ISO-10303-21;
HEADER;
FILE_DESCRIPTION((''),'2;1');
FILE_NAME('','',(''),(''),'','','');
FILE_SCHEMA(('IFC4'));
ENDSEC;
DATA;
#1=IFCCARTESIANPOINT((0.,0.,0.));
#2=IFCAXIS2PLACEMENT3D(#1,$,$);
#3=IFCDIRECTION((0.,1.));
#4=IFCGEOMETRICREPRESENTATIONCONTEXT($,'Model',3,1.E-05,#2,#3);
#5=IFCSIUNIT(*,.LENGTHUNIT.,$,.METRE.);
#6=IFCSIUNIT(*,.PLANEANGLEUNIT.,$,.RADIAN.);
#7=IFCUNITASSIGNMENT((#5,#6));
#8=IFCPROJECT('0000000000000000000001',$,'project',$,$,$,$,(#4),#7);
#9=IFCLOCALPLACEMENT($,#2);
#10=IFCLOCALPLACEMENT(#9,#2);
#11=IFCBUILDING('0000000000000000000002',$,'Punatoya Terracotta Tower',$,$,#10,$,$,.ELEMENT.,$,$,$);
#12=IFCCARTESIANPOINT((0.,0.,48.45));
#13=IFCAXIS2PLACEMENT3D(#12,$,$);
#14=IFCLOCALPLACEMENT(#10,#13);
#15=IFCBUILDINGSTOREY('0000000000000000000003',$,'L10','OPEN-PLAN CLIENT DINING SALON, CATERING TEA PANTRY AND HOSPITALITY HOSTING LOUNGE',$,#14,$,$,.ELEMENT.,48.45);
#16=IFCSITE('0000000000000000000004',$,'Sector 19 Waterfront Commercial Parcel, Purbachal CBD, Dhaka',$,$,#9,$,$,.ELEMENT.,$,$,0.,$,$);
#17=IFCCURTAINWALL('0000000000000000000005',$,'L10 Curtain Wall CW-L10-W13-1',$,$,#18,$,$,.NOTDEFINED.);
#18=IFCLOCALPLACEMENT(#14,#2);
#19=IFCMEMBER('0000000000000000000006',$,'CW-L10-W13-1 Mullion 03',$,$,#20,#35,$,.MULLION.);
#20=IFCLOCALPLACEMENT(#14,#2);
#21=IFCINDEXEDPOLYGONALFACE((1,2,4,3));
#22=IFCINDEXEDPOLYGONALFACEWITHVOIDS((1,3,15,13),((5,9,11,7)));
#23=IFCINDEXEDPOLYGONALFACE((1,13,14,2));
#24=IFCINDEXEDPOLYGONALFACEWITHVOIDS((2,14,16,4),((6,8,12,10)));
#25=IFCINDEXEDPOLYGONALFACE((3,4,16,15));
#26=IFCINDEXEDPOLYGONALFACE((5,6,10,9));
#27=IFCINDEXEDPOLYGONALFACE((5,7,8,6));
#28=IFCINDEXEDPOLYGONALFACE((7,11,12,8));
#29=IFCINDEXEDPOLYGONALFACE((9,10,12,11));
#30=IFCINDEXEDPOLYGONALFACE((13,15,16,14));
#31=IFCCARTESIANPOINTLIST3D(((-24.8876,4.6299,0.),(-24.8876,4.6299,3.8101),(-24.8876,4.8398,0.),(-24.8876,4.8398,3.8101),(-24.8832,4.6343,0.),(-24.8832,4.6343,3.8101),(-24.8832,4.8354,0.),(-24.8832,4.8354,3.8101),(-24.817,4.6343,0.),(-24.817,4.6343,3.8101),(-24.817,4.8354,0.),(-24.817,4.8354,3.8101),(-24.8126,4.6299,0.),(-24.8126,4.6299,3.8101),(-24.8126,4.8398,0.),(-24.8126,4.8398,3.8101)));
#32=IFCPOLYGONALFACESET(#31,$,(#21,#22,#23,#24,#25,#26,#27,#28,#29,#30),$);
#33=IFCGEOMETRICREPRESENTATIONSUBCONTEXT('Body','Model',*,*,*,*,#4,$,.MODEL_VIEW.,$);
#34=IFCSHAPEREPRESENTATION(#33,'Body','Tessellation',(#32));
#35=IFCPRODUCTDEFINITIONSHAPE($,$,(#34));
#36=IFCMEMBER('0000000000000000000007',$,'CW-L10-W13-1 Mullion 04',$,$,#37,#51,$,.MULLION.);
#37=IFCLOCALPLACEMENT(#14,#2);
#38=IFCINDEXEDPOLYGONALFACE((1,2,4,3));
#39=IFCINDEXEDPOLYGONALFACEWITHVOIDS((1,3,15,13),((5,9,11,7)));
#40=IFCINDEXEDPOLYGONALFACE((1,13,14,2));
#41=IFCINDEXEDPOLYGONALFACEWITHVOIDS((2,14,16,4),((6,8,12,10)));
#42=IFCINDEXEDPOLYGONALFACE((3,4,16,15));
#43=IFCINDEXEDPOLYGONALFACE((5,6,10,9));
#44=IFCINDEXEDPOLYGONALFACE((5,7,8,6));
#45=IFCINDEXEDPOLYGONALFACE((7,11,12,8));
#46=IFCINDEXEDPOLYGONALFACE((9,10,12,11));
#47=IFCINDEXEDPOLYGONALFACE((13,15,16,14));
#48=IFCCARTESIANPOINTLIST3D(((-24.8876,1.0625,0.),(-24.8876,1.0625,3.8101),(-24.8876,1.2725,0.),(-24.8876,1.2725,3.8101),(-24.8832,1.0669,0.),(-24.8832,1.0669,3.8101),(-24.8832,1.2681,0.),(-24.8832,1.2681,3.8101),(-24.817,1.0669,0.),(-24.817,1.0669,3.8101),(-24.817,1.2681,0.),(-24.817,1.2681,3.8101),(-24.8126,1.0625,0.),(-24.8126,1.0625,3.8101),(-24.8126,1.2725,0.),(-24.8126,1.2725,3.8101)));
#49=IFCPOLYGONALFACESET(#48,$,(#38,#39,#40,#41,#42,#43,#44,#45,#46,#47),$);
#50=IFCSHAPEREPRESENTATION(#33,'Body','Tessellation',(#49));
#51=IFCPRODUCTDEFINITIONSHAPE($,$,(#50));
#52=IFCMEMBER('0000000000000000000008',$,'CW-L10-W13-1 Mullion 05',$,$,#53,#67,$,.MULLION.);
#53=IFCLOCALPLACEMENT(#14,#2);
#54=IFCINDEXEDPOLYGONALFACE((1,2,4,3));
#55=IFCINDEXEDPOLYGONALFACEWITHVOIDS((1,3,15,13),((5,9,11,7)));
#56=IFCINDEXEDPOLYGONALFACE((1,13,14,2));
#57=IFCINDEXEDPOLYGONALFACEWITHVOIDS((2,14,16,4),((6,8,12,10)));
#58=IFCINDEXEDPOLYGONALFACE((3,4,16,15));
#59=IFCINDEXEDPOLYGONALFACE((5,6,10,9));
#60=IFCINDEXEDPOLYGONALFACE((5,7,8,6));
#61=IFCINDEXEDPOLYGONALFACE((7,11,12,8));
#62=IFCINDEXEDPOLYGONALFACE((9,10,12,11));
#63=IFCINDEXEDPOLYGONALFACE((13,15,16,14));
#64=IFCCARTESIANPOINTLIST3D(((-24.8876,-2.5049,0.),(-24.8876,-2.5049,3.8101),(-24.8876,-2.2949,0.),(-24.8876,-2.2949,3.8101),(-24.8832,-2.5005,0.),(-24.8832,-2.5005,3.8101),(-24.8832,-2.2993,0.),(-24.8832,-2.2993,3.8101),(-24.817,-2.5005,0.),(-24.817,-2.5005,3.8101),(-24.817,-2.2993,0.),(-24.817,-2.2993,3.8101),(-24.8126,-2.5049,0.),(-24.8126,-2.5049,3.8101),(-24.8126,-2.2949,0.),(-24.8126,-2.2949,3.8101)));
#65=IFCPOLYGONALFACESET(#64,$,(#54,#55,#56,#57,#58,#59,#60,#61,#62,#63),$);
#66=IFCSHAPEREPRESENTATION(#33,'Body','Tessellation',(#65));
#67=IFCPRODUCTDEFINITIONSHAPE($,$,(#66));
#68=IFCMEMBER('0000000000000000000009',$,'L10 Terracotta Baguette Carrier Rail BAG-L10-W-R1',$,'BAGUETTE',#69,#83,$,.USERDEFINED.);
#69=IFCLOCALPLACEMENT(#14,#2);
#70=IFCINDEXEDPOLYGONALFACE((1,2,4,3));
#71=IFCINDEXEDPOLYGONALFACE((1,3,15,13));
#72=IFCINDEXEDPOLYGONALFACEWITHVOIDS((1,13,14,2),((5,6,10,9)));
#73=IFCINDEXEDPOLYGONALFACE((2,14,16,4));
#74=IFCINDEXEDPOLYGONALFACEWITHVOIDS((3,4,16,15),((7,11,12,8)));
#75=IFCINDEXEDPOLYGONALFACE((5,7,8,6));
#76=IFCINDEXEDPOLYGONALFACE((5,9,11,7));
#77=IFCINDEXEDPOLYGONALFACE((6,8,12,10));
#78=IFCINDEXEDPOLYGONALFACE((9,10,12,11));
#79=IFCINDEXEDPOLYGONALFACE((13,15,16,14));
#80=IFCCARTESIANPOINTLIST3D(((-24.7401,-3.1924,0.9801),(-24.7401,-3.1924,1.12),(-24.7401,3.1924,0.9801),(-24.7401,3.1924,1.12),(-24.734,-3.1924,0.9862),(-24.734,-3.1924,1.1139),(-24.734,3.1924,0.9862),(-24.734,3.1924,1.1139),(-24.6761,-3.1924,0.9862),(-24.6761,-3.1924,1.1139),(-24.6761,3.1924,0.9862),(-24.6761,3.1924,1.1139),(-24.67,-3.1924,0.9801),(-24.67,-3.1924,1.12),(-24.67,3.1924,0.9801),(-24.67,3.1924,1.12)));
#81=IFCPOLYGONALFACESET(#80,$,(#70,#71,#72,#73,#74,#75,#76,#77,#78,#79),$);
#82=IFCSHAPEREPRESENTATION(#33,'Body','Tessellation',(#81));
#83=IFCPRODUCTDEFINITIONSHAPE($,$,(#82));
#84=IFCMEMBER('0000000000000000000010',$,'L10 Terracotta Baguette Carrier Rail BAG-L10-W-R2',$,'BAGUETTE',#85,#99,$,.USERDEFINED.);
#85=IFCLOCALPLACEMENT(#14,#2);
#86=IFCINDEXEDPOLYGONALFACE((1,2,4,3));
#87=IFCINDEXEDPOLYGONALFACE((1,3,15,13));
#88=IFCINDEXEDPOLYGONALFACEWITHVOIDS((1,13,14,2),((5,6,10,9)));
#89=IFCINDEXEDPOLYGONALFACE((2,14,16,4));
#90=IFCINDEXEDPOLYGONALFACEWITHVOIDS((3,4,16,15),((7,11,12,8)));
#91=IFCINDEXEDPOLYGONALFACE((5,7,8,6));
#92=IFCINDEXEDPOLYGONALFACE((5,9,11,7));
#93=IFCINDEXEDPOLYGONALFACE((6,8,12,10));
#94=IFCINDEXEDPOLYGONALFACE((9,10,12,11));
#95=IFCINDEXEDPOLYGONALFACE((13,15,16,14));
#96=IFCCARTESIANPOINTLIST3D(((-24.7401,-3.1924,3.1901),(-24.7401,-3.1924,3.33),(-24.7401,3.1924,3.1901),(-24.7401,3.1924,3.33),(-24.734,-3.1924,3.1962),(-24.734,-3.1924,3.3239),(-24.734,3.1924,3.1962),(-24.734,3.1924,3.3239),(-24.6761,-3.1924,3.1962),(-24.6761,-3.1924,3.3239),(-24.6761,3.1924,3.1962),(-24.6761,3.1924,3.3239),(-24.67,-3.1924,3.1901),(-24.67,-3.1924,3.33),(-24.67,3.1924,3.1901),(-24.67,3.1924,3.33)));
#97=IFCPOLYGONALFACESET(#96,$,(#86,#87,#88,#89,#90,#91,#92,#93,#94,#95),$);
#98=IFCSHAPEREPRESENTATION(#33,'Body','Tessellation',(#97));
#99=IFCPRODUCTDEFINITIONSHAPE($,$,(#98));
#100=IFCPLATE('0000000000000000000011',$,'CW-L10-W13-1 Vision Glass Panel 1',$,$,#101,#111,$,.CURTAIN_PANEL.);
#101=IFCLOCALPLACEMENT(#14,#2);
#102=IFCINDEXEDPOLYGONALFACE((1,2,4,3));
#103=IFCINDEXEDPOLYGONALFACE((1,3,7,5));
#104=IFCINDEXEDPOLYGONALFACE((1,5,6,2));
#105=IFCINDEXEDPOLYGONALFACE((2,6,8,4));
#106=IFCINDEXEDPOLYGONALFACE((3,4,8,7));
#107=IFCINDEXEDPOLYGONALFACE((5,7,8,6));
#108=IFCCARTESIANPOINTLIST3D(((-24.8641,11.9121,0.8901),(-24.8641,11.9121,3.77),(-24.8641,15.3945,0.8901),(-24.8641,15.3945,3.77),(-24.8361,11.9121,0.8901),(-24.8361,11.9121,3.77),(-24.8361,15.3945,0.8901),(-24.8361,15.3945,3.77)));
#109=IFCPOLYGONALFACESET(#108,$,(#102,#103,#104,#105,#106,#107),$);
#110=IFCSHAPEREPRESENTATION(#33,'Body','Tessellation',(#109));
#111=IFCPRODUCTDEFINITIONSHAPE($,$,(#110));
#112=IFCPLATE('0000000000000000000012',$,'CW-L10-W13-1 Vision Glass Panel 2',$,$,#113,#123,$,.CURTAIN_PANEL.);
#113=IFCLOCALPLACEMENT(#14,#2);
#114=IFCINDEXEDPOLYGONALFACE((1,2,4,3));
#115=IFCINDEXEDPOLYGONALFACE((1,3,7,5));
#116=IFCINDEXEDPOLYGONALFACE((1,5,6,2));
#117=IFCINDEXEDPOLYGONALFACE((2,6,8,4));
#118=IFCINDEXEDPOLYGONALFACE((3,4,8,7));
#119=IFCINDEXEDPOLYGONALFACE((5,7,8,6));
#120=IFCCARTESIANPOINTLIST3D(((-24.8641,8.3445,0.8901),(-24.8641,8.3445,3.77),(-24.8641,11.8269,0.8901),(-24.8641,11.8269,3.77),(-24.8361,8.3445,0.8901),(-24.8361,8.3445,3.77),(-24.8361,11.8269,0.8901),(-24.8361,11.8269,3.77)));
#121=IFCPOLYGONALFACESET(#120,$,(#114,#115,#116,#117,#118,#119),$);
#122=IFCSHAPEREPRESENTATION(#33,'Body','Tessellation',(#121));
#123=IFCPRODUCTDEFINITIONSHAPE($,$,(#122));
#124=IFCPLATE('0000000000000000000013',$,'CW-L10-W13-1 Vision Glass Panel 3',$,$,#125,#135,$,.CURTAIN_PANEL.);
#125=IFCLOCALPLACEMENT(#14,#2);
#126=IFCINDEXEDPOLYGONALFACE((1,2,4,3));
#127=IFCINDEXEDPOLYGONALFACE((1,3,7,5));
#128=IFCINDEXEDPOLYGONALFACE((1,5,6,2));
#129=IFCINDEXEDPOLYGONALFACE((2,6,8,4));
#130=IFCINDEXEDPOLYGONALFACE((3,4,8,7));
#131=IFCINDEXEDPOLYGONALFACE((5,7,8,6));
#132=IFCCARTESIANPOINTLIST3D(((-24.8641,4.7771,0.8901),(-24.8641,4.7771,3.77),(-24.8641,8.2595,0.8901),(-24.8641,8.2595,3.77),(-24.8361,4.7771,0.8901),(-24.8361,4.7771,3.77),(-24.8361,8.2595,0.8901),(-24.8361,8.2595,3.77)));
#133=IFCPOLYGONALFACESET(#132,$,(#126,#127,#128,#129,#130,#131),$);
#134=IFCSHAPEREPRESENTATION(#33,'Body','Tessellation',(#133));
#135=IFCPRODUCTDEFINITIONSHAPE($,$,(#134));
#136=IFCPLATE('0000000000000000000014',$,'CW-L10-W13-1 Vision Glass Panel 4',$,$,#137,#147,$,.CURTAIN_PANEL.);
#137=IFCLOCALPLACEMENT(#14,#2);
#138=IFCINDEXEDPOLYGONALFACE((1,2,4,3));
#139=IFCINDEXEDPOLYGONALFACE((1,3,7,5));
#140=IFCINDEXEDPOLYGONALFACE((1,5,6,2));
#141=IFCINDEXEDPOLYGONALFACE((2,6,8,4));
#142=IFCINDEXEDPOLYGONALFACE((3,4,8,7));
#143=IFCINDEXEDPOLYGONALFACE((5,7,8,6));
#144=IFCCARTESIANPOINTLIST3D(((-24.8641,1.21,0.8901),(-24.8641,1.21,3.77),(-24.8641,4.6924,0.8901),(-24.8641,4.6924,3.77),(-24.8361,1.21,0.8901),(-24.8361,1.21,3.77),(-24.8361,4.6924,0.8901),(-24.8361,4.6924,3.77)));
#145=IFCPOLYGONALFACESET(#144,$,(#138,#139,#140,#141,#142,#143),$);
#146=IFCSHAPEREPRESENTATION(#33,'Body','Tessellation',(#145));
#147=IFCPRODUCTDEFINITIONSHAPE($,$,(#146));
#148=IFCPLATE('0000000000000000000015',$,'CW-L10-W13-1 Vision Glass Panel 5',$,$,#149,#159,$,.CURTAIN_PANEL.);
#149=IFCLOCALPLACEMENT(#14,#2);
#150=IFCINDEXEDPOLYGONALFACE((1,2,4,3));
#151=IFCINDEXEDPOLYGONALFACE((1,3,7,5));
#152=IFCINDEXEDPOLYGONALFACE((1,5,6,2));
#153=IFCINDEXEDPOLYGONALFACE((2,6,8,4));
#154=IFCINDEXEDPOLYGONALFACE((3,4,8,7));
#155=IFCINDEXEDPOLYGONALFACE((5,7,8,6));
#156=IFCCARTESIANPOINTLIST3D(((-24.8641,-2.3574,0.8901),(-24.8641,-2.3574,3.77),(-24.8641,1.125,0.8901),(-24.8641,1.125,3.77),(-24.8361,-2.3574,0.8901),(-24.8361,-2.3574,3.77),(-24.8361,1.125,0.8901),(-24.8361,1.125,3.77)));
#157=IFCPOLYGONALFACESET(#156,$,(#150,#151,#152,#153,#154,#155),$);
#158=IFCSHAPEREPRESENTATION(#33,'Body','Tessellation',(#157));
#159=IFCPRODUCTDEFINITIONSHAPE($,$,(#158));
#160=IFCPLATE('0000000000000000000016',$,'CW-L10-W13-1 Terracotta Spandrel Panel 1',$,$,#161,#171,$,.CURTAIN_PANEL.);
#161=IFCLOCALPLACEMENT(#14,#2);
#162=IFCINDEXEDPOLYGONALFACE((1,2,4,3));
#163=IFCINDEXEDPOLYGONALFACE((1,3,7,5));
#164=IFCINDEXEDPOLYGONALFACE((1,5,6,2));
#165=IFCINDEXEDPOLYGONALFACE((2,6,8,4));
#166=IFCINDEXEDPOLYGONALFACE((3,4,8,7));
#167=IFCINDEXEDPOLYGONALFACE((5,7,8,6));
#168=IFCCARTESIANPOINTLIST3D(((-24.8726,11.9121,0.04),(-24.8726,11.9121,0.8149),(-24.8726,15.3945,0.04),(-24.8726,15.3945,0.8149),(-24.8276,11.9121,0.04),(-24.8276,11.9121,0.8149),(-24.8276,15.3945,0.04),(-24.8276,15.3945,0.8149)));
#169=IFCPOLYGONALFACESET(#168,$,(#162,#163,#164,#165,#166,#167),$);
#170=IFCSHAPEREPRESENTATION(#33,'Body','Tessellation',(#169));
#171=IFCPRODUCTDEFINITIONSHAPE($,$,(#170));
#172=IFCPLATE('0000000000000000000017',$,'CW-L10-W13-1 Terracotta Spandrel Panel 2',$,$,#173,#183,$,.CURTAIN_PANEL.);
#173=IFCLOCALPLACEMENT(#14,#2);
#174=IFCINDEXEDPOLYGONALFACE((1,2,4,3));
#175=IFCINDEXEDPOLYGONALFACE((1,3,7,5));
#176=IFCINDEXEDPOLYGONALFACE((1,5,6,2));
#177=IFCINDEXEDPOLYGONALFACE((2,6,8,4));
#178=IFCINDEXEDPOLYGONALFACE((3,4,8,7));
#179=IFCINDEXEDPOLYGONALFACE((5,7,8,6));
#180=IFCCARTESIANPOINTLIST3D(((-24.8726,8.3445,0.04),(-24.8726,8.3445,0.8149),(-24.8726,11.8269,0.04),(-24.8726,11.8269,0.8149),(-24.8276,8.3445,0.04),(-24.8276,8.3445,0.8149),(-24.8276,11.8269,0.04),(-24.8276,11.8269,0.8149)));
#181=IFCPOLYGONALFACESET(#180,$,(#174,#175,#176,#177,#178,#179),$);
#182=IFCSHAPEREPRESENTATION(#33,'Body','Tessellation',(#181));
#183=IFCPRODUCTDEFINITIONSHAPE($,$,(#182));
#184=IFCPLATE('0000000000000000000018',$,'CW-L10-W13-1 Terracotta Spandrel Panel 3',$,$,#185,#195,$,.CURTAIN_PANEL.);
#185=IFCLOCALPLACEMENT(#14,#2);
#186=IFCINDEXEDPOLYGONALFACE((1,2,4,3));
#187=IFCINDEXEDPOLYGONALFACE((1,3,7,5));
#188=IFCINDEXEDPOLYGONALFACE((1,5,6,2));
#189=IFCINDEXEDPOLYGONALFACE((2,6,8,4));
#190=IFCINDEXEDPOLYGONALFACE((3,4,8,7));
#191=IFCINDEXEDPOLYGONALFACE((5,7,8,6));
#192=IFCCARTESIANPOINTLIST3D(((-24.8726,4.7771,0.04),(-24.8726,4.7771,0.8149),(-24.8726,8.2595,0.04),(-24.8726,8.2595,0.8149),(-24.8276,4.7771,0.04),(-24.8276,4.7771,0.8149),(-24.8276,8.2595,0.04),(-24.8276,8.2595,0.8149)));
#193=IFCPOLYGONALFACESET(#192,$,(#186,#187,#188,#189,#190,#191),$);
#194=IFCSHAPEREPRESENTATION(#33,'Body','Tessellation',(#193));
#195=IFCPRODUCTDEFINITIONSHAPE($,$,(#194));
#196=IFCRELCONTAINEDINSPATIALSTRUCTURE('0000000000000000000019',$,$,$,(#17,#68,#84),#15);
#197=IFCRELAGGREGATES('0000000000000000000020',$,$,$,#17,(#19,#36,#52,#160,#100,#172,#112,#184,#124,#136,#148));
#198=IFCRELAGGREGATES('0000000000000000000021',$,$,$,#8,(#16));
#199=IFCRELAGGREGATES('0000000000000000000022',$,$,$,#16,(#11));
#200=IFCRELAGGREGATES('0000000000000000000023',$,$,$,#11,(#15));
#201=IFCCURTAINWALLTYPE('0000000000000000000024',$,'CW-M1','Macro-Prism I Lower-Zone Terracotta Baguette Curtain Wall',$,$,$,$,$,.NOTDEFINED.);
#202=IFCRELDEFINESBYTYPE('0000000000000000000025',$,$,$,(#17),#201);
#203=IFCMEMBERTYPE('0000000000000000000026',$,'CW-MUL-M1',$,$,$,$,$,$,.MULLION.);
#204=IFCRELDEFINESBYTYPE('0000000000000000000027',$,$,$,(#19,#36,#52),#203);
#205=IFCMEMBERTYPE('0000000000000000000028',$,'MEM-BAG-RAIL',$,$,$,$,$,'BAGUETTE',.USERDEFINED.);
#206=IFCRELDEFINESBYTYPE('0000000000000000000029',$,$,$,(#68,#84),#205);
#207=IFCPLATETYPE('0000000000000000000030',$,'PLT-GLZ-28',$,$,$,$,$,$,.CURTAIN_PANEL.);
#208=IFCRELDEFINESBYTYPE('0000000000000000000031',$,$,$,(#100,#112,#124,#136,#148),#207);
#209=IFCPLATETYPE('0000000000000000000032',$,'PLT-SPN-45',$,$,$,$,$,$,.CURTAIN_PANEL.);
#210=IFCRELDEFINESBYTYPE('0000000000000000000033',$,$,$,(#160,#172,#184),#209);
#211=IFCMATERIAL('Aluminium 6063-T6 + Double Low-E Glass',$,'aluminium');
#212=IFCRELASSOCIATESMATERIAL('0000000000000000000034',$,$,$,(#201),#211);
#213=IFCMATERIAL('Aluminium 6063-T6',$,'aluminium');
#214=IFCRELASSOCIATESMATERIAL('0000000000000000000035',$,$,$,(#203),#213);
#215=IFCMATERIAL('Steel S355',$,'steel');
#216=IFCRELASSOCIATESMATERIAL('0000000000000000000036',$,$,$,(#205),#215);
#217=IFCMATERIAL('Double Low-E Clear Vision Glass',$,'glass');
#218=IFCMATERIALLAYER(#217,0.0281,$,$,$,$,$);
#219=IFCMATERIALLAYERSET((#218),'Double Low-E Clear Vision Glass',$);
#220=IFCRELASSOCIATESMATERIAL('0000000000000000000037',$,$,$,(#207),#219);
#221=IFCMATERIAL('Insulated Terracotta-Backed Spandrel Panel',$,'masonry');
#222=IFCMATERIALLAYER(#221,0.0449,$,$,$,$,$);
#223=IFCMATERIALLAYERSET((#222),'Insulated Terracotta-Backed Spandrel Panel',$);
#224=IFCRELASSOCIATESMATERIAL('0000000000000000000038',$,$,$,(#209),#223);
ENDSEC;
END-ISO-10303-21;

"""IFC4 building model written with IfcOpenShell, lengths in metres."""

from ifc_helpers import new_model, si_unit, direction, frame, origin, origin_2d, place, context, subcontext, project, spatial, rectangle, hollow_rectangle, extrude, material, layer, layer_set, material_profile, profile_set, type_object, element, aggregate, save


model = new_model("IFC4")

# Units and contexts
model_context = context("Model", 3, precision=1e-05, world=origin(), true_north=direction((0.0, 1.0)))
body_context = subcontext(model_context, "Body", "Model", "MODEL_VIEW")
ifc_project = project(units=[si_unit("LENGTHUNIT", "METRE"), si_unit("PLANEANGLEUNIT", "RADIAN")], contexts=[model_context])

# Site, building, storey
site_placement = place(None, origin())
site = spatial("IfcSite", under=ifc_project, at=site_placement, Name="Sector 19 Waterfront Commercial Parcel, Purbachal CBD, Dhaka", CompositionType="ELEMENT", RefElevation=0.0)
building_placement = place(site_placement, origin())
building = spatial("IfcBuilding", under=site, at=building_placement, Name="Punatoya Terracotta Tower", CompositionType="ELEMENT")
storey_placement = place(building_placement, frame((0.0, 0.0, 48.45)))
storey = spatial("IfcBuildingStorey", under=building, at=storey_placement, Name="L10", Description="OPEN-PLAN CLIENT DINING SALON, CATERING TEA PANTRY AND HOSPITALITY HOSTING LOUNGE", CompositionType="ELEMENT", Elevation=48.45)

# Curtain wall, members
ifc_material_1 = material(Name="Aluminium 6063-T6 + Double Low-E Glass", Category="aluminium")
curtain_wall_type = type_object("IfcCurtainWallType", Name="CW-M1", Description="Macro-Prism I Lower-Zone Terracotta Baguette Curtain Wall", PredefinedType="NOTDEFINED", material=ifc_material_1)
curtain_wall_placement = place(storey_placement, origin())
curtain_wall = element("IfcCurtainWall", 1, at=curtain_wall_placement, inside=storey, type_object=curtain_wall_type, Name="L10 Curtain Wall CW-L10-W13-1", PredefinedType="NOTDEFINED")
ifc_material_2 = material(Name="Aluminium 6063-T6", Category="aluminium")
ifc_material_profile_1 = material_profile(ifc_material_2, hollow_rectangle(XDim=0.075, YDim=0.21, WallThickness=0.0044, at=origin_2d()))
ifc_profile_set_1 = profile_set([ifc_material_profile_1], Name="Aluminium 6063-T6")
member_type_1 = type_object("IfcMemberType", Name="CW-MUL-M1", PredefinedType="MULLION", material=ifc_profile_set_1)
member_1_placement = place(storey_placement, frame((-24.8501, 4.7349, 0.0), z_axis=(0.0, 0.0, 1.0), x_axis=(1.0, 0.0, 0.0)))
member_1 = element("IfcMember", 2, at=member_1_placement, type_object=member_type_1, Name="CW-L10-W13-1 Mullion 03", PredefinedType="MULLION", context=body_context, shape_type="SweptSolid", body=[
    extrude(hollow_rectangle(XDim=0.075, YDim=0.21, WallThickness=0.0044, at=origin_2d()), origin(), (0.0, 0.0, 1.0), 3.8101),
])
member_2_placement = place(storey_placement, frame((-24.8501, 1.1675, 0.0), z_axis=(0.0, 0.0, 1.0), x_axis=(1.0, 0.0, 0.0)))
member_2 = element("IfcMember", 3, at=member_2_placement, type_object=member_type_1, Name="CW-L10-W13-1 Mullion 04", PredefinedType="MULLION", context=body_context, shape_type="SweptSolid", body=[
    extrude(hollow_rectangle(XDim=0.075, YDim=0.21, WallThickness=0.0044, at=origin_2d()), origin(), (0.0, 0.0, 1.0), 3.8101),
])
member_3_placement = place(storey_placement, frame((-24.8501, -2.3999, 0.0), z_axis=(0.0, 0.0, 1.0), x_axis=(1.0, 0.0, 0.0)))
member_3 = element("IfcMember", 4, at=member_3_placement, type_object=member_type_1, Name="CW-L10-W13-1 Mullion 05", PredefinedType="MULLION", context=body_context, shape_type="SweptSolid", body=[
    extrude(hollow_rectangle(XDim=0.075, YDim=0.21, WallThickness=0.0044, at=origin_2d()), origin(), (0.0, 0.0, 1.0), 3.8101),
])

# Members
ifc_material_3 = material(Name="Steel S355", Category="steel")
ifc_material_profile_2 = material_profile(ifc_material_3, hollow_rectangle(XDim=0.0701, YDim=0.1399, WallThickness=0.0061, at=origin_2d()))
ifc_profile_set_2 = profile_set([ifc_material_profile_2], Name="Steel S355")
member_type_2 = type_object("IfcMemberType", Name="MEM-BAG-RAIL", ElementType="BAGUETTE", PredefinedType="USERDEFINED", material=ifc_profile_set_2)
for number, where, z_axis, x_axis, name in (
    (5, (-24.7051, -3.1924, 1.05), (0.0, 1.0, 0.0), (-1.0, 0.0, 0.0), "L10 Terracotta Baguette Carrier Rail BAG-L10-W-R1"),
    (6, (-24.7051, -3.1924, 3.26), (0.0, 1.0, 0.0), (-1.0, 0.0, 0.0), "L10 Terracotta Baguette Carrier Rail BAG-L10-W-R2"),
):
    element("IfcMember", number, at=place(storey_placement, frame(where, z_axis=z_axis, x_axis=x_axis)), inside=storey, type_object=member_type_2, Name=name, ObjectType="BAGUETTE", PredefinedType="USERDEFINED", context=body_context, shape_type="SweptSolid", body=[
        extrude(hollow_rectangle(XDim=0.0701, YDim=0.1399, WallThickness=0.0061, at=origin_2d()), origin(), (0.0, 0.0, 1.0), 6.3848),
    ])

# Plates
ifc_material_4 = material(Name="Double Low-E Clear Vision Glass", Category="glass")
ifc_layer_1 = layer(ifc_material_4, 0.0281)
ifc_layer_set_1 = layer_set([ifc_layer_1], Name="Double Low-E Clear Vision Glass")
plate_type_1 = type_object("IfcPlateType", Name="PLT-GLZ-28", PredefinedType="CURTAIN_PANEL", material=ifc_layer_set_1)
plate_1_placement = place(storey_placement, frame((-24.8501, 13.6533, 0.8901), z_axis=(0.0, 0.0, 1.0), x_axis=(0.0, -1.0, 0.0)))
plate_1 = element("IfcPlate", 7, at=plate_1_placement, type_object=plate_type_1, Name="CW-L10-W13-1 Vision Glass Panel 1", PredefinedType="CURTAIN_PANEL", context=body_context, shape_type="SweptSolid", body=[
    extrude(rectangle(XDim=3.4824, YDim=0.0281, at=origin_2d()), origin(), (0.0, 0.0, 1.0), 2.8799),
])
plate_2_placement = place(storey_placement, frame((-24.8501, 10.0857, 0.8901), z_axis=(0.0, 0.0, 1.0), x_axis=(0.0, -1.0, 0.0)))
plate_2 = element("IfcPlate", 8, at=plate_2_placement, type_object=plate_type_1, Name="CW-L10-W13-1 Vision Glass Panel 2", PredefinedType="CURTAIN_PANEL", context=body_context, shape_type="SweptSolid", body=[
    extrude(rectangle(XDim=3.4824, YDim=0.0281, at=origin_2d()), origin(), (0.0, 0.0, 1.0), 2.8799),
])
plate_3_placement = place(storey_placement, frame((-24.8501, 6.5183, 0.8901), z_axis=(0.0, 0.0, 1.0), x_axis=(0.0, -1.0, 0.0)))
plate_3 = element("IfcPlate", 9, at=plate_3_placement, type_object=plate_type_1, Name="CW-L10-W13-1 Vision Glass Panel 3", PredefinedType="CURTAIN_PANEL", context=body_context, shape_type="SweptSolid", body=[
    extrude(rectangle(XDim=3.4824, YDim=0.0281, at=origin_2d()), origin(), (0.0, 0.0, 1.0), 2.8799),
])
plate_4_placement = place(storey_placement, frame((-24.8501, 2.9512, 0.8901), z_axis=(0.0, 0.0, 1.0), x_axis=(0.0, -1.0, 0.0)))
plate_4 = element("IfcPlate", 10, at=plate_4_placement, type_object=plate_type_1, Name="CW-L10-W13-1 Vision Glass Panel 4", PredefinedType="CURTAIN_PANEL", context=body_context, shape_type="SweptSolid", body=[
    extrude(rectangle(XDim=3.4824, YDim=0.0281, at=origin_2d()), origin(), (0.0, 0.0, 1.0), 2.8799),
])
plate_5_placement = place(storey_placement, frame((-24.8501, -0.6162, 0.8901), z_axis=(0.0, 0.0, 1.0), x_axis=(0.0, -1.0, 0.0)))
plate_5 = element("IfcPlate", 11, at=plate_5_placement, type_object=plate_type_1, Name="CW-L10-W13-1 Vision Glass Panel 5", PredefinedType="CURTAIN_PANEL", context=body_context, shape_type="SweptSolid", body=[
    extrude(rectangle(XDim=3.4824, YDim=0.0281, at=origin_2d()), origin(), (0.0, 0.0, 1.0), 2.8799),
])
ifc_material_5 = material(Name="Insulated Terracotta-Backed Spandrel Panel", Category="masonry")
ifc_layer_2 = layer(ifc_material_5, 0.0449)
ifc_layer_set_2 = layer_set([ifc_layer_2], Name="Insulated Terracotta-Backed Spandrel Panel")
plate_type_2 = type_object("IfcPlateType", Name="PLT-SPN-45", PredefinedType="CURTAIN_PANEL", material=ifc_layer_set_2)
plate_6_placement = place(storey_placement, frame((-24.8501, 13.6533, 0.04), z_axis=(0.0, 0.0, 1.0), x_axis=(0.0, -1.0, 0.0)))
plate_6 = element("IfcPlate", 12, at=plate_6_placement, type_object=plate_type_2, Name="CW-L10-W13-1 Terracotta Spandrel Panel 1", PredefinedType="CURTAIN_PANEL", context=body_context, shape_type="SweptSolid", body=[
    extrude(rectangle(XDim=3.4824, YDim=0.0449, at=origin_2d()), origin(), (0.0, 0.0, 1.0), 0.7749),
])
plate_7_placement = place(storey_placement, frame((-24.8501, 10.0857, 0.04), z_axis=(0.0, 0.0, 1.0), x_axis=(0.0, -1.0, 0.0)))
plate_7 = element("IfcPlate", 13, at=plate_7_placement, type_object=plate_type_2, Name="CW-L10-W13-1 Terracotta Spandrel Panel 2", PredefinedType="CURTAIN_PANEL", context=body_context, shape_type="SweptSolid", body=[
    extrude(rectangle(XDim=3.4824, YDim=0.0449, at=origin_2d()), origin(), (0.0, 0.0, 1.0), 0.7749),
])
plate_8_placement = place(storey_placement, frame((-24.8501, 6.5183, 0.04), z_axis=(0.0, 0.0, 1.0), x_axis=(0.0, -1.0, 0.0)))
plate_8 = element("IfcPlate", 14, at=plate_8_placement, type_object=plate_type_2, Name="CW-L10-W13-1 Terracotta Spandrel Panel 3", PredefinedType="CURTAIN_PANEL", context=body_context, shape_type="SweptSolid", body=[
    extrude(rectangle(XDim=3.4824, YDim=0.0449, at=origin_2d()), origin(), (0.0, 0.0, 1.0), 0.7749),
])
aggregate(curtain_wall, [member_1, member_2, member_3, plate_6, plate_1, plate_7, plate_2, plate_8, plate_3, plate_4, plate_5])

save(model, "model.ifc")
